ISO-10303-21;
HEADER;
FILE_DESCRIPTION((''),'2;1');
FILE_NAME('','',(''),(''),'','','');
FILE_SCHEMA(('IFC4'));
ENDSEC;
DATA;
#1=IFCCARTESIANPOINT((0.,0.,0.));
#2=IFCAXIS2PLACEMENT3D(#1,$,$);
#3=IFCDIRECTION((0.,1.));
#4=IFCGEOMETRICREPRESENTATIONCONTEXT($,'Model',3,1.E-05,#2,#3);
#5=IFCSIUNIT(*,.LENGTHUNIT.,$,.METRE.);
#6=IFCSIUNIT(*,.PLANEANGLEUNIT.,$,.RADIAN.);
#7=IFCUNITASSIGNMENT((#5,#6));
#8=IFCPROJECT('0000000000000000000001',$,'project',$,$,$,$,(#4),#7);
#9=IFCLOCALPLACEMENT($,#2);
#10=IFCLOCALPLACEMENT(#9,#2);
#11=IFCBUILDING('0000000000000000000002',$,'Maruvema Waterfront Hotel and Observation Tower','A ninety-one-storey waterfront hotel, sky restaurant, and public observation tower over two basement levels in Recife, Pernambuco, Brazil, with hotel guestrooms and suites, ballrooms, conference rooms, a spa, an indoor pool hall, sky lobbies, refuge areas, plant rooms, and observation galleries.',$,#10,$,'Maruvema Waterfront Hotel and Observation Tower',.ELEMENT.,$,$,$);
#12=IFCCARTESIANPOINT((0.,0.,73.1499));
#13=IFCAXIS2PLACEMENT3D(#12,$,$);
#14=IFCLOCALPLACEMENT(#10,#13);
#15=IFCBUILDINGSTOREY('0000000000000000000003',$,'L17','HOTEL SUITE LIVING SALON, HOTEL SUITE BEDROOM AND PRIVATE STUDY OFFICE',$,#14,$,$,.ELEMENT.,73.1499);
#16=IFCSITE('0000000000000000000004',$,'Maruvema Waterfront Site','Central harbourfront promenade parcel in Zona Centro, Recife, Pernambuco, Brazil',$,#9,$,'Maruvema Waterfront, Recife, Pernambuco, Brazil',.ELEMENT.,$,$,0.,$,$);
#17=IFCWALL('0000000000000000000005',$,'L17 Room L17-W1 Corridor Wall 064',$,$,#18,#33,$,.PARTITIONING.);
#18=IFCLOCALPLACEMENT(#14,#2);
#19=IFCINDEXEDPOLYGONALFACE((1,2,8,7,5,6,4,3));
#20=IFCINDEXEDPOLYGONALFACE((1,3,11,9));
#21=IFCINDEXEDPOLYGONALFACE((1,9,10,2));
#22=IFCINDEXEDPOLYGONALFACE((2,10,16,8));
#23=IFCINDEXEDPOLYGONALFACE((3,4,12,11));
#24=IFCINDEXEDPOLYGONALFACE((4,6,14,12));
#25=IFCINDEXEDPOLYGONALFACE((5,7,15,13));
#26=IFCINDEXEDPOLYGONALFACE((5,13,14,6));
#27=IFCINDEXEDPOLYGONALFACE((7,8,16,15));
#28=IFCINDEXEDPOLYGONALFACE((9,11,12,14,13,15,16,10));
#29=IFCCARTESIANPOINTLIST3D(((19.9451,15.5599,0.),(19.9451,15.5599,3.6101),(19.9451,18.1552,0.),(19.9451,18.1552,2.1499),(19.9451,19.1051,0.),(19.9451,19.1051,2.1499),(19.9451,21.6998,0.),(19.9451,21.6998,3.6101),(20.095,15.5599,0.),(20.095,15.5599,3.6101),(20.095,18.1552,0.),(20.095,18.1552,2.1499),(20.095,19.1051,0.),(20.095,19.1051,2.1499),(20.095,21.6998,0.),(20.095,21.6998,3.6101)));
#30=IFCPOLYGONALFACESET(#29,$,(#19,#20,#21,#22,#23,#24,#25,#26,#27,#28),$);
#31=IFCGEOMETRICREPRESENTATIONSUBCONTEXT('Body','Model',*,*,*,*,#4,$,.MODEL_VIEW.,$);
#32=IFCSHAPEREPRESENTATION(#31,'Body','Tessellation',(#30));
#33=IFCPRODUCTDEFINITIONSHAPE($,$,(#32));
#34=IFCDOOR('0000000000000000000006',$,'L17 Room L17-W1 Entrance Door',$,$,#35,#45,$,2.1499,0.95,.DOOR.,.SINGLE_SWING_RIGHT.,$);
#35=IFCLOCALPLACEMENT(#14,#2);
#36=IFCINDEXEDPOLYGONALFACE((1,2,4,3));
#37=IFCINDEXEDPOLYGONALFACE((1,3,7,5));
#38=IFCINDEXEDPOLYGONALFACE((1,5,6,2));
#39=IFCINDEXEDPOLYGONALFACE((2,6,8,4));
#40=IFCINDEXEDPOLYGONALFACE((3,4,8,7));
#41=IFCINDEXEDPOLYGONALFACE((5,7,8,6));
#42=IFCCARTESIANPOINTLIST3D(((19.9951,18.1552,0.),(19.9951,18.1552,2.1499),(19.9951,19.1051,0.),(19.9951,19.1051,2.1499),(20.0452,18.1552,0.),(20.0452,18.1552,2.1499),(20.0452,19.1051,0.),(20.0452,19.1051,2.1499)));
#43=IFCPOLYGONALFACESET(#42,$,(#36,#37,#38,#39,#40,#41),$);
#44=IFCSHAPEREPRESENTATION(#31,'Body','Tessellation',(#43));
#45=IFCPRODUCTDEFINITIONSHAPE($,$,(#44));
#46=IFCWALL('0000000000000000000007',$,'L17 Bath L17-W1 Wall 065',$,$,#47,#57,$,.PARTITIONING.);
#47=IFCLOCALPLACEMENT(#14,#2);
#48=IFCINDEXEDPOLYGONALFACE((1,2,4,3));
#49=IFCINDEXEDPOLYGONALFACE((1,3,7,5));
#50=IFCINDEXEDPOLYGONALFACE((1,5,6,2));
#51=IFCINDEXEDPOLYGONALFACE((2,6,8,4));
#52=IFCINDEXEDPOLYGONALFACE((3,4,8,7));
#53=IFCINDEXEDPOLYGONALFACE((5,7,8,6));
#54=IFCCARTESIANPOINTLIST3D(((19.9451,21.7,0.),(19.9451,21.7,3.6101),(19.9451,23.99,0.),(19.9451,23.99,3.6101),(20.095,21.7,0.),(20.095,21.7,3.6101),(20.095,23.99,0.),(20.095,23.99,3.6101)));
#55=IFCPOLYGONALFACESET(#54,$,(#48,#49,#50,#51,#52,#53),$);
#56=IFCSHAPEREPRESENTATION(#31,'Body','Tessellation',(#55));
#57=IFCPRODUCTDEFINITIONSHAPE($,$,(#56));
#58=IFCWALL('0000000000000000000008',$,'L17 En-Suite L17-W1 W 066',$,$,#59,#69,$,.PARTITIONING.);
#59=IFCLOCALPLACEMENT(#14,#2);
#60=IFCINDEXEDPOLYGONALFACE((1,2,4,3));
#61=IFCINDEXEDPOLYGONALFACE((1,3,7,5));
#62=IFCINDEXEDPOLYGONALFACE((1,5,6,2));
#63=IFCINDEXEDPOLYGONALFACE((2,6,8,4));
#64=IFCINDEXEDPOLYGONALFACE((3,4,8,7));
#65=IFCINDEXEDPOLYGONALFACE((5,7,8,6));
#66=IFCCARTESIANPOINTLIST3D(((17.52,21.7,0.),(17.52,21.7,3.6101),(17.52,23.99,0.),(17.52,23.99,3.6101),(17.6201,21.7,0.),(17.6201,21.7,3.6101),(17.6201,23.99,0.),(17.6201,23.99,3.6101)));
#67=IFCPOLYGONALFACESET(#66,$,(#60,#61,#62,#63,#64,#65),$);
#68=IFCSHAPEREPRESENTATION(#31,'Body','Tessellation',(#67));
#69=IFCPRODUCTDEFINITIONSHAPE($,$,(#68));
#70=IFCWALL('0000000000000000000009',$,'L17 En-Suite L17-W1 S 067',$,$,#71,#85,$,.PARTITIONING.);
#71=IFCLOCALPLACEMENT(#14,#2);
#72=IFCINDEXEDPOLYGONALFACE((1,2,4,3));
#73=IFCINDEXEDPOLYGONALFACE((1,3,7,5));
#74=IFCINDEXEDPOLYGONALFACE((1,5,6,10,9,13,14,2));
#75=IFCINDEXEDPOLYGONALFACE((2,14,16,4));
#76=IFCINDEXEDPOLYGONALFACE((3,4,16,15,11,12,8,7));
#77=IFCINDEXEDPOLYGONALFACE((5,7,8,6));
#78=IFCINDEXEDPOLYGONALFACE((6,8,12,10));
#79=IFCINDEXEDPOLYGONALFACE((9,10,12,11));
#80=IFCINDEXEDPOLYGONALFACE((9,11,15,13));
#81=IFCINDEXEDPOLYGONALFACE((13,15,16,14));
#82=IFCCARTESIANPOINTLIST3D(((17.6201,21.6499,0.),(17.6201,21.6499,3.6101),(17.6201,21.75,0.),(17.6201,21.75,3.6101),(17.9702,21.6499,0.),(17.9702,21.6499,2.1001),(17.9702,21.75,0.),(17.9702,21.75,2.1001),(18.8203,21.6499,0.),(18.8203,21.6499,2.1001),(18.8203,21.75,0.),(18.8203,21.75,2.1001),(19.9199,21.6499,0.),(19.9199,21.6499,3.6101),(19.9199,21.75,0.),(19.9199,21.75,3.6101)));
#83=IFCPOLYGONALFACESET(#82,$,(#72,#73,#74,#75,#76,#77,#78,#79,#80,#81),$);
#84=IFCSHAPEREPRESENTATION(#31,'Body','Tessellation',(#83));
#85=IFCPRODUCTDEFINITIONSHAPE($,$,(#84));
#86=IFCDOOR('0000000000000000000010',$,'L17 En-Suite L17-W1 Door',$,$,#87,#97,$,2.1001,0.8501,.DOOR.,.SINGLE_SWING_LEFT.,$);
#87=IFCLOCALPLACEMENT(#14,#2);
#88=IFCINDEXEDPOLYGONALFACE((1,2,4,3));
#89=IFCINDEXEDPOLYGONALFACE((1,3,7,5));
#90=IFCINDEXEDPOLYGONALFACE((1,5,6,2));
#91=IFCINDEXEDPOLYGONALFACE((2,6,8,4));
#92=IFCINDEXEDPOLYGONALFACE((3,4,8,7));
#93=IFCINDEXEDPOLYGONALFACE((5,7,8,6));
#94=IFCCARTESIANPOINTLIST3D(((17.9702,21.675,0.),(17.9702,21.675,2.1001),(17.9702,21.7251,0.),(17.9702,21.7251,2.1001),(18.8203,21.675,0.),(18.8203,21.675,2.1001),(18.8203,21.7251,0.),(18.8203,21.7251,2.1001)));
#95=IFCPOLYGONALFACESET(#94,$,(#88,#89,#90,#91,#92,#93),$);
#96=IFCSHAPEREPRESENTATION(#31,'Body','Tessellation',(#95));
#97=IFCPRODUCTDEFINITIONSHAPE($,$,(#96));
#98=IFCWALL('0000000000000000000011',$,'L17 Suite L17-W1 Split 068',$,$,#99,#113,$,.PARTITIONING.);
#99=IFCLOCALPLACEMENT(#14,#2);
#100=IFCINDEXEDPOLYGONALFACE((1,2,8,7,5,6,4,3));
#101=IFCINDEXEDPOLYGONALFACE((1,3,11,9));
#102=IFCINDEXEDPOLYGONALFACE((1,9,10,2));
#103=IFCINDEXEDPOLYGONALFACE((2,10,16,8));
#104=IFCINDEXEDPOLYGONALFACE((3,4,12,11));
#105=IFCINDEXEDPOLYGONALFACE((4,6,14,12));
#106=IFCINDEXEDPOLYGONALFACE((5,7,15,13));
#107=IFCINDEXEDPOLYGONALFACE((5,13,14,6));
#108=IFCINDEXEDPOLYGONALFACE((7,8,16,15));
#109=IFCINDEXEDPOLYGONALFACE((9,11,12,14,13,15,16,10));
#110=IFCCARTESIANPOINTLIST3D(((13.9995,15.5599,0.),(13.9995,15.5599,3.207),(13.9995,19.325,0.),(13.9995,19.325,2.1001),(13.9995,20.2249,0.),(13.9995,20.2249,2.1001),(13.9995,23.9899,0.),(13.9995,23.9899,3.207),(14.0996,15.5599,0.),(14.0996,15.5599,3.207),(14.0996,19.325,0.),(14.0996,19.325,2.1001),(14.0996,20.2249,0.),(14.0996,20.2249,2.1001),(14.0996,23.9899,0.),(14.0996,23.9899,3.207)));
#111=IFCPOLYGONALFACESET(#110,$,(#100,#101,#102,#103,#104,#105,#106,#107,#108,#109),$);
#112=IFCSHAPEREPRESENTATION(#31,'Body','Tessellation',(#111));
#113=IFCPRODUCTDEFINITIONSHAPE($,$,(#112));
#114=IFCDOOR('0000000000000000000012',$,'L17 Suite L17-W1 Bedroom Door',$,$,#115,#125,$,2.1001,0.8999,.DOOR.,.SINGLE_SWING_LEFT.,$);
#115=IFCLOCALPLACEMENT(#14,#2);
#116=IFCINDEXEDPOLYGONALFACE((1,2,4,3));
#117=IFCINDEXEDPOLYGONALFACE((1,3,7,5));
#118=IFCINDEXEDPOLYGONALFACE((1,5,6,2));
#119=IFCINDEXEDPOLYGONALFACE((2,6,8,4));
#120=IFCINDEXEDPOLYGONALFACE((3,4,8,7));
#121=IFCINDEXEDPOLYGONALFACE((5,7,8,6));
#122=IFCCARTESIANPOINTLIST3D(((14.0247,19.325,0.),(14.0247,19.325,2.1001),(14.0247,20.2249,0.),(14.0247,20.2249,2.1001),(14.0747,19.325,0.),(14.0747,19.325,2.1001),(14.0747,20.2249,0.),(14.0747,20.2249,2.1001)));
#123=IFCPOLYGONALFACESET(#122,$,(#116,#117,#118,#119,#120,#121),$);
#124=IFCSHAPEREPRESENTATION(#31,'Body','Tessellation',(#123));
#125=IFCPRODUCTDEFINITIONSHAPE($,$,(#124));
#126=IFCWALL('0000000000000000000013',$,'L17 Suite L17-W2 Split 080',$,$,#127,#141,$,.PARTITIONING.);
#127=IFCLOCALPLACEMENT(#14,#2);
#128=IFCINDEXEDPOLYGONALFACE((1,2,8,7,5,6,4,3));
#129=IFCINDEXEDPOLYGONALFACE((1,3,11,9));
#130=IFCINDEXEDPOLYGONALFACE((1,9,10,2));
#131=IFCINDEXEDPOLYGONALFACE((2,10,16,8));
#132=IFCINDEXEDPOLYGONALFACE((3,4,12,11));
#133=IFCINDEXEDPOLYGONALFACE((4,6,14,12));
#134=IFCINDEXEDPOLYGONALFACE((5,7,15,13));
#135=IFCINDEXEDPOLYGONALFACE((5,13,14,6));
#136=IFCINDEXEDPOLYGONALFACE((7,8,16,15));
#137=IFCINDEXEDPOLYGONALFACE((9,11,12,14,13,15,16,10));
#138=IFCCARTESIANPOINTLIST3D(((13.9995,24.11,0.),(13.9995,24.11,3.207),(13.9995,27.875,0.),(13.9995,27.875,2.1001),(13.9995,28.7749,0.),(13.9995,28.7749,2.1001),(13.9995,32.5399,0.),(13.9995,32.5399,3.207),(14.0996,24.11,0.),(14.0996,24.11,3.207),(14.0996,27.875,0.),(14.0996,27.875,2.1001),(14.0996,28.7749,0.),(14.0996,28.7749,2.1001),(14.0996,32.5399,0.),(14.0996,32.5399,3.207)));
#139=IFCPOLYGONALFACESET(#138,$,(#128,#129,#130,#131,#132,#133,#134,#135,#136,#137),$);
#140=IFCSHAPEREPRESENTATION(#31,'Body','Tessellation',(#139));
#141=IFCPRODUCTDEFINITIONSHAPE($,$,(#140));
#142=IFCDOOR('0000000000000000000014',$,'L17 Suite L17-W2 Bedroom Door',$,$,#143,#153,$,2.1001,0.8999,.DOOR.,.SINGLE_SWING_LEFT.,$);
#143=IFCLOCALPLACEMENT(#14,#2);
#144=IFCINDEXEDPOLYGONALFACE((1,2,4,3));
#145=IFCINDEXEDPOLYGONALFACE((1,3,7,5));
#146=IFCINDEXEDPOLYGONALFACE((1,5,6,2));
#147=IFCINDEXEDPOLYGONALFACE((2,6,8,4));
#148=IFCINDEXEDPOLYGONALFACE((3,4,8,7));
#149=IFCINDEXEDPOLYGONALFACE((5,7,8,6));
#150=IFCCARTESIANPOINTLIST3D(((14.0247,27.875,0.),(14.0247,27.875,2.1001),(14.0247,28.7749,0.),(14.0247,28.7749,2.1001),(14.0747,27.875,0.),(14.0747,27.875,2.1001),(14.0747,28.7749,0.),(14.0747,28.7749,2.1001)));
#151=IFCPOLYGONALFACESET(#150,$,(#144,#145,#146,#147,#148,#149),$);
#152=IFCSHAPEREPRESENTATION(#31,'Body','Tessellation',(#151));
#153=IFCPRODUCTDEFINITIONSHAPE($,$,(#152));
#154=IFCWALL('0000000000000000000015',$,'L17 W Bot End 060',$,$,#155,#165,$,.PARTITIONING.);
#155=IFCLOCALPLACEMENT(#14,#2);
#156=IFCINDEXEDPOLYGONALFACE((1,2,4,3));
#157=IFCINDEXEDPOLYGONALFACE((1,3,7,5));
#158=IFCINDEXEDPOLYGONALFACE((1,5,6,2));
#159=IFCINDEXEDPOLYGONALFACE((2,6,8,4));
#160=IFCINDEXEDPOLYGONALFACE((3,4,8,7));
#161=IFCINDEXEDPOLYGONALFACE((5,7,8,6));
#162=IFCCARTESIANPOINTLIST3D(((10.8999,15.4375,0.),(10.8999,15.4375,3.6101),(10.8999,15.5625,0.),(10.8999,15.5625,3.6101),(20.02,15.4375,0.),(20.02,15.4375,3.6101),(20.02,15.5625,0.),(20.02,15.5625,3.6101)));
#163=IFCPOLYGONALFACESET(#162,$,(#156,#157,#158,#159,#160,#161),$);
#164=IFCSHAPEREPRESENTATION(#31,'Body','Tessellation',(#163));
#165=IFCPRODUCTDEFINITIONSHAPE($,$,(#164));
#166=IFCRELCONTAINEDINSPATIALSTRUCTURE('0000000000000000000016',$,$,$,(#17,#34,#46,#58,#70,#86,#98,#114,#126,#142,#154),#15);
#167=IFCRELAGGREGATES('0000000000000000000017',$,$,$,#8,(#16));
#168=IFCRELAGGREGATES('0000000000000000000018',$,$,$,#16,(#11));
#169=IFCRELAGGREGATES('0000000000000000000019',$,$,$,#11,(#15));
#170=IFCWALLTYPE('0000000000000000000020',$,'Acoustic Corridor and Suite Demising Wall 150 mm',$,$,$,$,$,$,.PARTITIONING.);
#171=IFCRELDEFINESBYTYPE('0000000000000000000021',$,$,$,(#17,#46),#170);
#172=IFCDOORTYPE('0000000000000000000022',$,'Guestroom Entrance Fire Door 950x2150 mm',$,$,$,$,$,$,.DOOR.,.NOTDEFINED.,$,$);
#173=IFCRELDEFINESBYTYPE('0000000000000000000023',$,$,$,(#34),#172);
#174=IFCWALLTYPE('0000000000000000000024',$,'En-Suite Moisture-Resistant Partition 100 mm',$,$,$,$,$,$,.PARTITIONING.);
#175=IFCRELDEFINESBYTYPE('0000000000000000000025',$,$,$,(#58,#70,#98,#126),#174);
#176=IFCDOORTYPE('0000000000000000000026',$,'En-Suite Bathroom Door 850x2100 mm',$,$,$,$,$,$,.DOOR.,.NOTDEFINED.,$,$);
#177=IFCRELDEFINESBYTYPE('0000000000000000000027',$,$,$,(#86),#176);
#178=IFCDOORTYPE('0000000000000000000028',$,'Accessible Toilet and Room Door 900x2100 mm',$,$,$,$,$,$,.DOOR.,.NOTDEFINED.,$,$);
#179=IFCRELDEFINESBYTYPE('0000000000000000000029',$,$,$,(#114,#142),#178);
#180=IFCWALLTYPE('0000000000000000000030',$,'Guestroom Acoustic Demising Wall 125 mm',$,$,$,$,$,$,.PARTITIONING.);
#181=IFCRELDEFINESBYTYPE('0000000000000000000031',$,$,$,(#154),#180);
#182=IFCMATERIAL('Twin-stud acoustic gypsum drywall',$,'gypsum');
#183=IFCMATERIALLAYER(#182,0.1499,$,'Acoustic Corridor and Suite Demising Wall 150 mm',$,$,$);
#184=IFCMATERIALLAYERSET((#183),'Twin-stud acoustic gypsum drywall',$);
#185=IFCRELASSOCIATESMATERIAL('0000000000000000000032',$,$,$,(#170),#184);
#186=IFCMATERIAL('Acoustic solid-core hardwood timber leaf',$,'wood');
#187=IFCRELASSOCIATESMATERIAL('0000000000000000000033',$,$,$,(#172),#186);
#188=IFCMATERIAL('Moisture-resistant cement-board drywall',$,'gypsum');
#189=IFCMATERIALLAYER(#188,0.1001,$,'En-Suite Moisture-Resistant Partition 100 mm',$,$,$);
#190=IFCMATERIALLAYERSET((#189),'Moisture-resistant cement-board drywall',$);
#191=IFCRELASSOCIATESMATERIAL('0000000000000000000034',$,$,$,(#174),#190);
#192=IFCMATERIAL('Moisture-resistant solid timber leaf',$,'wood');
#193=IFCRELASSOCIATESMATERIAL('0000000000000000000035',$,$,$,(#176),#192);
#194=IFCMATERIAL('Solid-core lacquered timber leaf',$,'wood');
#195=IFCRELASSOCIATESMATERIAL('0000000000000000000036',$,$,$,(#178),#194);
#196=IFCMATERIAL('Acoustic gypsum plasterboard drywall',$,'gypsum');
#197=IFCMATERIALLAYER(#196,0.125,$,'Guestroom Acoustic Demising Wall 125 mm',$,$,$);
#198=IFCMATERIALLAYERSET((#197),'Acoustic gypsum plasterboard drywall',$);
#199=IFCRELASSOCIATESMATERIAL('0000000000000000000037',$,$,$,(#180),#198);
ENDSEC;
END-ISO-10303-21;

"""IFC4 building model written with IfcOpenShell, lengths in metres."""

from ifc_helpers import new_model, si_unit, direction, frame, frame_2d, origin, place, context, subcontext, project, spatial, rectangle, extrude, material, layer, layer_set, type_object, element, fill, save


model = new_model("IFC4")

# Units and contexts
model_context = context("Model", 3, precision=1e-05, world=origin(), true_north=direction((0.0, 1.0)))
body_context = subcontext(model_context, "Body", "Model", "MODEL_VIEW")
ifc_project = project(units=[si_unit("LENGTHUNIT", "METRE"), si_unit("PLANEANGLEUNIT", "RADIAN")], contexts=[model_context])

# Site, building, storey
site_placement = place(None, origin())
site = spatial("IfcSite", under=ifc_project, at=site_placement, Name="Maruvema Waterfront Site", Description="Central harbourfront promenade parcel in Zona Centro, Recife, Pernambuco, Brazil", LongName="Maruvema Waterfront, Recife, Pernambuco, Brazil", CompositionType="ELEMENT", RefElevation=0.0)
building_placement = place(site_placement, origin())
building = spatial("IfcBuilding", under=site, at=building_placement, Name="Maruvema Waterfront Hotel and Observation Tower", Description="A ninety-one-storey waterfront hotel, sky restaurant, and public observation tower over two basement levels in Recife, Pernambuco, Brazil, with hotel guestrooms and suites, ballrooms, conference rooms, a spa, an indoor pool hall, sky lobbies, refuge areas, plant rooms, and observation galleries.", LongName="Maruvema Waterfront Hotel and Observation Tower", CompositionType="ELEMENT")
storey_placement = place(building_placement, frame((0.0, 0.0, 73.1499)))
storey = spatial("IfcBuildingStorey", under=building, at=storey_placement, Name="L17", Description="HOTEL SUITE LIVING SALON, HOTEL SUITE BEDROOM AND PRIVATE STUDY OFFICE", CompositionType="ELEMENT", Elevation=73.1499)

# Wall, opening, door
ifc_material_1 = material(Name="Twin-stud acoustic gypsum drywall", Category="gypsum")
ifc_layer_1 = layer(ifc_material_1, 0.1499, Name="Acoustic Corridor and Suite Demising Wall 150 mm")
ifc_layer_set_1 = layer_set([ifc_layer_1], Name="Twin-stud acoustic gypsum drywall")
wall_type_1 = type_object("IfcWallType", Name="Acoustic Corridor and Suite Demising Wall 150 mm", PredefinedType="PARTITIONING", material=ifc_layer_set_1)
wall_1_placement = place(storey_placement, frame((20.02, 15.5601, 0.0), z_axis=(0.0, 0.0, 1.0), x_axis=(0.0, 1.0, 0.0)))
wall_1 = element("IfcWall", 1, at=wall_1_placement, inside=storey, type_object=wall_type_1, Name="L17 Room L17-W1 Corridor Wall 064", PredefinedType="PARTITIONING", context=body_context, shape_type="SweptSolid", body=[
    extrude(rectangle(XDim=6.1399, YDim=0.1499, at=frame_2d((3.0698, 0.0))), origin(), (0.0, 0.0, 1.0), 3.6101),
])
opening_1_placement = place(wall_1_placement, frame((2.595, 0.0, 0.0)))
opening_1 = element("IfcOpeningElement", 2, at=opening_1_placement, cuts=wall_1, PredefinedType="OPENING", context=body_context, shape_type="SweptSolid", body=[
    extrude(rectangle(XDim=0.95, YDim=2.1499, at=frame_2d((0.4751, 1.075))), frame((0.0, 0.085, 0.0), z_axis=(0.0, -1.0, 0.0), x_axis=(1.0, 0.0, 0.0)), (0.0, 0.0, 1.0), 0.1699),
])
ifc_material_2 = material(Name="Acoustic solid-core hardwood timber leaf", Category="wood")
door_type_1 = type_object("IfcDoorType", Name="Guestroom Entrance Fire Door 950x2150 mm", OperationType="NOTDEFINED", PredefinedType="DOOR", material=ifc_material_2)
door_1_placement = place(opening_1_placement, origin())
door_1 = element("IfcDoor", 3, at=door_1_placement, inside=storey, type_object=door_type_1, Name="L17 Room L17-W1 Entrance Door", OperationType="SINGLE_SWING_RIGHT", OverallHeight=2.1499, OverallWidth=0.95, PredefinedType="DOOR", context=body_context, shape_type="SweptSolid", body=[
    extrude(rectangle(XDim=0.95, YDim=2.1499, at=frame_2d((0.4751, 1.075))), frame((0.0, 0.0249, 0.0), z_axis=(0.0, -1.0, 0.0), x_axis=(1.0, 0.0, 0.0)), (0.0, 0.0, 1.0), 0.05),
])
fill(opening_1, door_1)

# Walls
wall_2_placement = place(storey_placement, frame((20.02, 21.7, 0.0), z_axis=(0.0, 0.0, 1.0), x_axis=(0.0, 1.0, 0.0)))
element("IfcWall", 4, at=wall_2_placement, inside=storey, type_object=wall_type_1, Name="L17 Bath L17-W1 Wall 065", PredefinedType="PARTITIONING", context=body_context, shape_type="SweptSolid", body=[
    extrude(rectangle(XDim=2.29, YDim=0.1499, at=frame_2d((1.145, 0.0))), origin(), (0.0, 0.0, 1.0), 3.6101),
])
ifc_material_3 = material(Name="Moisture-resistant cement-board drywall", Category="gypsum")
ifc_layer_2 = layer(ifc_material_3, 0.1001, Name="En-Suite Moisture-Resistant Partition 100 mm")
ifc_layer_set_2 = layer_set([ifc_layer_2], Name="Moisture-resistant cement-board drywall")
wall_type_2 = type_object("IfcWallType", Name="En-Suite Moisture-Resistant Partition 100 mm", PredefinedType="PARTITIONING", material=ifc_layer_set_2)
wall_3_placement = place(storey_placement, frame((17.5701, 21.7, 0.0), z_axis=(0.0, 0.0, 1.0), x_axis=(0.0, 1.0, 0.0)))
element("IfcWall", 5, at=wall_3_placement, inside=storey, type_object=wall_type_2, Name="L17 En-Suite L17-W1 W 066", PredefinedType="PARTITIONING", context=body_context, shape_type="SweptSolid", body=[
    extrude(rectangle(XDim=2.29, YDim=0.1001, at=frame_2d((1.145, 0.0))), origin(), (0.0, 0.0, 1.0), 3.6101),
])

# Walls, openings, doors
wall_4_placement = place(storey_placement, frame((17.6201, 21.7, 0.0), z_axis=(0.0, 0.0, 1.0), x_axis=(1.0, 0.0, 0.0)))
wall_4 = element("IfcWall", 6, at=wall_4_placement, inside=storey, type_object=wall_type_2, Name="L17 En-Suite L17-W1 S 067", PredefinedType="PARTITIONING", context=body_context, shape_type="SweptSolid", body=[
    extrude(rectangle(XDim=2.2998, YDim=0.1001, at=frame_2d((1.1499, 0.0))), origin(), (0.0, 0.0, 1.0), 3.6101),
])
opening_2_placement = place(wall_4_placement, frame((0.3501, 0.0, 0.0)))
opening_2 = element("IfcOpeningElement", 7, at=opening_2_placement, cuts=wall_4, PredefinedType="OPENING", context=body_context, shape_type="SweptSolid", body=[
    extrude(rectangle(XDim=0.8501, YDim=2.1001, at=frame_2d((0.425, 1.05))), frame((0.0, 0.0601, 0.0), z_axis=(0.0, -1.0, 0.0), x_axis=(1.0, 0.0, 0.0)), (0.0, 0.0, 1.0), 0.1201),
])
ifc_material_4 = material(Name="Moisture-resistant solid timber leaf", Category="wood")
door_type_2 = type_object("IfcDoorType", Name="En-Suite Bathroom Door 850x2100 mm", OperationType="NOTDEFINED", PredefinedType="DOOR", material=ifc_material_4)
door_2_placement = place(opening_2_placement, frame((0.8501, 0.0, 0.0), z_axis=(0.0, 0.0, 1.0), x_axis=(-1.0, 0.0, 0.0)))
door_2 = element("IfcDoor", 8, at=door_2_placement, inside=storey, type_object=door_type_2, Name="L17 En-Suite L17-W1 Door", OperationType="SINGLE_SWING_LEFT", OverallHeight=2.1001, OverallWidth=0.8501, PredefinedType="DOOR", context=body_context, shape_type="SweptSolid", body=[
    extrude(rectangle(XDim=0.8501, YDim=2.1001, at=frame_2d((0.425, 1.05))), frame((0.0, 0.0249, 0.0), z_axis=(0.0, -1.0, 0.0), x_axis=(1.0, 0.0, 0.0)), (0.0, 0.0, 1.0), 0.05),
])
fill(opening_2, door_2)
wall_5_placement = place(storey_placement, frame((14.0496, 15.5601, 0.0), z_axis=(0.0, 0.0, 1.0), x_axis=(0.0, 1.0, 0.0)))
wall_5 = element("IfcWall", 9, at=wall_5_placement, inside=storey, type_object=wall_type_2, Name="L17 Suite L17-W1 Split 068", PredefinedType="PARTITIONING", context=body_context, shape_type="SweptSolid", body=[
    extrude(rectangle(XDim=8.4299, YDim=0.1001, at=frame_2d((4.2148, 0.0))), origin(), (0.0, 0.0, 1.0), 3.207),
])
opening_3_placement = place(wall_5_placement, frame((3.7649, 0.0, 0.0)))
opening_3 = element("IfcOpeningElement", 10, at=opening_3_placement, cuts=wall_5, PredefinedType="OPENING", context=body_context, shape_type="SweptSolid", body=[
    extrude(rectangle(XDim=0.8999, YDim=2.1001, at=frame_2d((0.45, 1.05))), frame((0.0, 0.0601, 0.0), z_axis=(0.0, -1.0, 0.0), x_axis=(1.0, 0.0, 0.0)), (0.0, 0.0, 1.0), 0.1201),
])
ifc_material_5 = material(Name="Solid-core lacquered timber leaf", Category="wood")
door_type_3 = type_object("IfcDoorType", Name="Accessible Toilet and Room Door 900x2100 mm", OperationType="NOTDEFINED", PredefinedType="DOOR", material=ifc_material_5)
door_3_placement = place(opening_3_placement, origin())
door_3 = element("IfcDoor", 11, at=door_3_placement, inside=storey, type_object=door_type_3, Name="L17 Suite L17-W1 Bedroom Door", OperationType="SINGLE_SWING_LEFT", OverallHeight=2.1001, OverallWidth=0.8999, PredefinedType="DOOR", context=body_context, shape_type="SweptSolid", body=[
    extrude(rectangle(XDim=0.8999, YDim=2.1001, at=frame_2d((0.45, 1.05))), frame((0.0, 0.0249, 0.0), z_axis=(0.0, -1.0, 0.0), x_axis=(1.0, 0.0, 0.0)), (0.0, 0.0, 1.0), 0.05),
])
fill(opening_3, door_3)
wall_6_placement = place(storey_placement, frame((14.0496, 24.1101, 0.0), z_axis=(0.0, 0.0, 1.0), x_axis=(0.0, 1.0, 0.0)))
wall_6 = element("IfcWall", 12, at=wall_6_placement, inside=storey, type_object=wall_type_2, Name="L17 Suite L17-W2 Split 080", PredefinedType="PARTITIONING", context=body_context, shape_type="SweptSolid", body=[
    extrude(rectangle(XDim=8.4299, YDim=0.1001, at=frame_2d((4.2148, 0.0))), origin(), (0.0, 0.0, 1.0), 3.207),
])
opening_4_placement = place(wall_6_placement, frame((3.7649, 0.0, 0.0)))
opening_4 = element("IfcOpeningElement", 13, at=opening_4_placement, cuts=wall_6, PredefinedType="OPENING", context=body_context, shape_type="SweptSolid", body=[
    extrude(rectangle(XDim=0.8999, YDim=2.1001, at=frame_2d((0.45, 1.05))), frame((0.0, 0.0601, 0.0), z_axis=(0.0, -1.0, 0.0), x_axis=(1.0, 0.0, 0.0)), (0.0, 0.0, 1.0), 0.1201),
])
door_4_placement = place(opening_4_placement, origin())
door_4 = element("IfcDoor", 14, at=door_4_placement, inside=storey, type_object=door_type_3, Name="L17 Suite L17-W2 Bedroom Door", OperationType="SINGLE_SWING_LEFT", OverallHeight=2.1001, OverallWidth=0.8999, PredefinedType="DOOR", context=body_context, shape_type="SweptSolid", body=[
    extrude(rectangle(XDim=0.8999, YDim=2.1001, at=frame_2d((0.45, 1.05))), frame((0.0, 0.0249, 0.0), z_axis=(0.0, -1.0, 0.0), x_axis=(1.0, 0.0, 0.0)), (0.0, 0.0, 1.0), 0.05),
])
fill(opening_4, door_4)

# Wall
ifc_material_6 = material(Name="Acoustic gypsum plasterboard drywall", Category="gypsum")
ifc_layer_3 = layer(ifc_material_6, 0.125, Name="Guestroom Acoustic Demising Wall 125 mm")
ifc_layer_set_3 = layer_set([ifc_layer_3], Name="Acoustic gypsum plasterboard drywall")
wall_type_3 = type_object("IfcWallType", Name="Guestroom Acoustic Demising Wall 125 mm", PredefinedType="PARTITIONING", material=ifc_layer_set_3)
for number, where, z_axis, x_axis, name in (
    (15, (10.8999, 15.5, 0.0), (0.0, 0.0, 1.0), (1.0, 0.0, 0.0), "L17 W Bot End 060"),
):
    element("IfcWall", number, at=place(storey_placement, frame(where, z_axis=z_axis, x_axis=x_axis)), inside=storey, type_object=wall_type_3, Name=name, PredefinedType="PARTITIONING", context=body_context, shape_type="SweptSolid", body=[
        extrude(rectangle(XDim=9.1201, YDim=0.125, at=frame_2d((4.5601, 0.0))), origin(), (0.0, 0.0, 1.0), 3.6101),
    ])

save(model, "model.ifc")
